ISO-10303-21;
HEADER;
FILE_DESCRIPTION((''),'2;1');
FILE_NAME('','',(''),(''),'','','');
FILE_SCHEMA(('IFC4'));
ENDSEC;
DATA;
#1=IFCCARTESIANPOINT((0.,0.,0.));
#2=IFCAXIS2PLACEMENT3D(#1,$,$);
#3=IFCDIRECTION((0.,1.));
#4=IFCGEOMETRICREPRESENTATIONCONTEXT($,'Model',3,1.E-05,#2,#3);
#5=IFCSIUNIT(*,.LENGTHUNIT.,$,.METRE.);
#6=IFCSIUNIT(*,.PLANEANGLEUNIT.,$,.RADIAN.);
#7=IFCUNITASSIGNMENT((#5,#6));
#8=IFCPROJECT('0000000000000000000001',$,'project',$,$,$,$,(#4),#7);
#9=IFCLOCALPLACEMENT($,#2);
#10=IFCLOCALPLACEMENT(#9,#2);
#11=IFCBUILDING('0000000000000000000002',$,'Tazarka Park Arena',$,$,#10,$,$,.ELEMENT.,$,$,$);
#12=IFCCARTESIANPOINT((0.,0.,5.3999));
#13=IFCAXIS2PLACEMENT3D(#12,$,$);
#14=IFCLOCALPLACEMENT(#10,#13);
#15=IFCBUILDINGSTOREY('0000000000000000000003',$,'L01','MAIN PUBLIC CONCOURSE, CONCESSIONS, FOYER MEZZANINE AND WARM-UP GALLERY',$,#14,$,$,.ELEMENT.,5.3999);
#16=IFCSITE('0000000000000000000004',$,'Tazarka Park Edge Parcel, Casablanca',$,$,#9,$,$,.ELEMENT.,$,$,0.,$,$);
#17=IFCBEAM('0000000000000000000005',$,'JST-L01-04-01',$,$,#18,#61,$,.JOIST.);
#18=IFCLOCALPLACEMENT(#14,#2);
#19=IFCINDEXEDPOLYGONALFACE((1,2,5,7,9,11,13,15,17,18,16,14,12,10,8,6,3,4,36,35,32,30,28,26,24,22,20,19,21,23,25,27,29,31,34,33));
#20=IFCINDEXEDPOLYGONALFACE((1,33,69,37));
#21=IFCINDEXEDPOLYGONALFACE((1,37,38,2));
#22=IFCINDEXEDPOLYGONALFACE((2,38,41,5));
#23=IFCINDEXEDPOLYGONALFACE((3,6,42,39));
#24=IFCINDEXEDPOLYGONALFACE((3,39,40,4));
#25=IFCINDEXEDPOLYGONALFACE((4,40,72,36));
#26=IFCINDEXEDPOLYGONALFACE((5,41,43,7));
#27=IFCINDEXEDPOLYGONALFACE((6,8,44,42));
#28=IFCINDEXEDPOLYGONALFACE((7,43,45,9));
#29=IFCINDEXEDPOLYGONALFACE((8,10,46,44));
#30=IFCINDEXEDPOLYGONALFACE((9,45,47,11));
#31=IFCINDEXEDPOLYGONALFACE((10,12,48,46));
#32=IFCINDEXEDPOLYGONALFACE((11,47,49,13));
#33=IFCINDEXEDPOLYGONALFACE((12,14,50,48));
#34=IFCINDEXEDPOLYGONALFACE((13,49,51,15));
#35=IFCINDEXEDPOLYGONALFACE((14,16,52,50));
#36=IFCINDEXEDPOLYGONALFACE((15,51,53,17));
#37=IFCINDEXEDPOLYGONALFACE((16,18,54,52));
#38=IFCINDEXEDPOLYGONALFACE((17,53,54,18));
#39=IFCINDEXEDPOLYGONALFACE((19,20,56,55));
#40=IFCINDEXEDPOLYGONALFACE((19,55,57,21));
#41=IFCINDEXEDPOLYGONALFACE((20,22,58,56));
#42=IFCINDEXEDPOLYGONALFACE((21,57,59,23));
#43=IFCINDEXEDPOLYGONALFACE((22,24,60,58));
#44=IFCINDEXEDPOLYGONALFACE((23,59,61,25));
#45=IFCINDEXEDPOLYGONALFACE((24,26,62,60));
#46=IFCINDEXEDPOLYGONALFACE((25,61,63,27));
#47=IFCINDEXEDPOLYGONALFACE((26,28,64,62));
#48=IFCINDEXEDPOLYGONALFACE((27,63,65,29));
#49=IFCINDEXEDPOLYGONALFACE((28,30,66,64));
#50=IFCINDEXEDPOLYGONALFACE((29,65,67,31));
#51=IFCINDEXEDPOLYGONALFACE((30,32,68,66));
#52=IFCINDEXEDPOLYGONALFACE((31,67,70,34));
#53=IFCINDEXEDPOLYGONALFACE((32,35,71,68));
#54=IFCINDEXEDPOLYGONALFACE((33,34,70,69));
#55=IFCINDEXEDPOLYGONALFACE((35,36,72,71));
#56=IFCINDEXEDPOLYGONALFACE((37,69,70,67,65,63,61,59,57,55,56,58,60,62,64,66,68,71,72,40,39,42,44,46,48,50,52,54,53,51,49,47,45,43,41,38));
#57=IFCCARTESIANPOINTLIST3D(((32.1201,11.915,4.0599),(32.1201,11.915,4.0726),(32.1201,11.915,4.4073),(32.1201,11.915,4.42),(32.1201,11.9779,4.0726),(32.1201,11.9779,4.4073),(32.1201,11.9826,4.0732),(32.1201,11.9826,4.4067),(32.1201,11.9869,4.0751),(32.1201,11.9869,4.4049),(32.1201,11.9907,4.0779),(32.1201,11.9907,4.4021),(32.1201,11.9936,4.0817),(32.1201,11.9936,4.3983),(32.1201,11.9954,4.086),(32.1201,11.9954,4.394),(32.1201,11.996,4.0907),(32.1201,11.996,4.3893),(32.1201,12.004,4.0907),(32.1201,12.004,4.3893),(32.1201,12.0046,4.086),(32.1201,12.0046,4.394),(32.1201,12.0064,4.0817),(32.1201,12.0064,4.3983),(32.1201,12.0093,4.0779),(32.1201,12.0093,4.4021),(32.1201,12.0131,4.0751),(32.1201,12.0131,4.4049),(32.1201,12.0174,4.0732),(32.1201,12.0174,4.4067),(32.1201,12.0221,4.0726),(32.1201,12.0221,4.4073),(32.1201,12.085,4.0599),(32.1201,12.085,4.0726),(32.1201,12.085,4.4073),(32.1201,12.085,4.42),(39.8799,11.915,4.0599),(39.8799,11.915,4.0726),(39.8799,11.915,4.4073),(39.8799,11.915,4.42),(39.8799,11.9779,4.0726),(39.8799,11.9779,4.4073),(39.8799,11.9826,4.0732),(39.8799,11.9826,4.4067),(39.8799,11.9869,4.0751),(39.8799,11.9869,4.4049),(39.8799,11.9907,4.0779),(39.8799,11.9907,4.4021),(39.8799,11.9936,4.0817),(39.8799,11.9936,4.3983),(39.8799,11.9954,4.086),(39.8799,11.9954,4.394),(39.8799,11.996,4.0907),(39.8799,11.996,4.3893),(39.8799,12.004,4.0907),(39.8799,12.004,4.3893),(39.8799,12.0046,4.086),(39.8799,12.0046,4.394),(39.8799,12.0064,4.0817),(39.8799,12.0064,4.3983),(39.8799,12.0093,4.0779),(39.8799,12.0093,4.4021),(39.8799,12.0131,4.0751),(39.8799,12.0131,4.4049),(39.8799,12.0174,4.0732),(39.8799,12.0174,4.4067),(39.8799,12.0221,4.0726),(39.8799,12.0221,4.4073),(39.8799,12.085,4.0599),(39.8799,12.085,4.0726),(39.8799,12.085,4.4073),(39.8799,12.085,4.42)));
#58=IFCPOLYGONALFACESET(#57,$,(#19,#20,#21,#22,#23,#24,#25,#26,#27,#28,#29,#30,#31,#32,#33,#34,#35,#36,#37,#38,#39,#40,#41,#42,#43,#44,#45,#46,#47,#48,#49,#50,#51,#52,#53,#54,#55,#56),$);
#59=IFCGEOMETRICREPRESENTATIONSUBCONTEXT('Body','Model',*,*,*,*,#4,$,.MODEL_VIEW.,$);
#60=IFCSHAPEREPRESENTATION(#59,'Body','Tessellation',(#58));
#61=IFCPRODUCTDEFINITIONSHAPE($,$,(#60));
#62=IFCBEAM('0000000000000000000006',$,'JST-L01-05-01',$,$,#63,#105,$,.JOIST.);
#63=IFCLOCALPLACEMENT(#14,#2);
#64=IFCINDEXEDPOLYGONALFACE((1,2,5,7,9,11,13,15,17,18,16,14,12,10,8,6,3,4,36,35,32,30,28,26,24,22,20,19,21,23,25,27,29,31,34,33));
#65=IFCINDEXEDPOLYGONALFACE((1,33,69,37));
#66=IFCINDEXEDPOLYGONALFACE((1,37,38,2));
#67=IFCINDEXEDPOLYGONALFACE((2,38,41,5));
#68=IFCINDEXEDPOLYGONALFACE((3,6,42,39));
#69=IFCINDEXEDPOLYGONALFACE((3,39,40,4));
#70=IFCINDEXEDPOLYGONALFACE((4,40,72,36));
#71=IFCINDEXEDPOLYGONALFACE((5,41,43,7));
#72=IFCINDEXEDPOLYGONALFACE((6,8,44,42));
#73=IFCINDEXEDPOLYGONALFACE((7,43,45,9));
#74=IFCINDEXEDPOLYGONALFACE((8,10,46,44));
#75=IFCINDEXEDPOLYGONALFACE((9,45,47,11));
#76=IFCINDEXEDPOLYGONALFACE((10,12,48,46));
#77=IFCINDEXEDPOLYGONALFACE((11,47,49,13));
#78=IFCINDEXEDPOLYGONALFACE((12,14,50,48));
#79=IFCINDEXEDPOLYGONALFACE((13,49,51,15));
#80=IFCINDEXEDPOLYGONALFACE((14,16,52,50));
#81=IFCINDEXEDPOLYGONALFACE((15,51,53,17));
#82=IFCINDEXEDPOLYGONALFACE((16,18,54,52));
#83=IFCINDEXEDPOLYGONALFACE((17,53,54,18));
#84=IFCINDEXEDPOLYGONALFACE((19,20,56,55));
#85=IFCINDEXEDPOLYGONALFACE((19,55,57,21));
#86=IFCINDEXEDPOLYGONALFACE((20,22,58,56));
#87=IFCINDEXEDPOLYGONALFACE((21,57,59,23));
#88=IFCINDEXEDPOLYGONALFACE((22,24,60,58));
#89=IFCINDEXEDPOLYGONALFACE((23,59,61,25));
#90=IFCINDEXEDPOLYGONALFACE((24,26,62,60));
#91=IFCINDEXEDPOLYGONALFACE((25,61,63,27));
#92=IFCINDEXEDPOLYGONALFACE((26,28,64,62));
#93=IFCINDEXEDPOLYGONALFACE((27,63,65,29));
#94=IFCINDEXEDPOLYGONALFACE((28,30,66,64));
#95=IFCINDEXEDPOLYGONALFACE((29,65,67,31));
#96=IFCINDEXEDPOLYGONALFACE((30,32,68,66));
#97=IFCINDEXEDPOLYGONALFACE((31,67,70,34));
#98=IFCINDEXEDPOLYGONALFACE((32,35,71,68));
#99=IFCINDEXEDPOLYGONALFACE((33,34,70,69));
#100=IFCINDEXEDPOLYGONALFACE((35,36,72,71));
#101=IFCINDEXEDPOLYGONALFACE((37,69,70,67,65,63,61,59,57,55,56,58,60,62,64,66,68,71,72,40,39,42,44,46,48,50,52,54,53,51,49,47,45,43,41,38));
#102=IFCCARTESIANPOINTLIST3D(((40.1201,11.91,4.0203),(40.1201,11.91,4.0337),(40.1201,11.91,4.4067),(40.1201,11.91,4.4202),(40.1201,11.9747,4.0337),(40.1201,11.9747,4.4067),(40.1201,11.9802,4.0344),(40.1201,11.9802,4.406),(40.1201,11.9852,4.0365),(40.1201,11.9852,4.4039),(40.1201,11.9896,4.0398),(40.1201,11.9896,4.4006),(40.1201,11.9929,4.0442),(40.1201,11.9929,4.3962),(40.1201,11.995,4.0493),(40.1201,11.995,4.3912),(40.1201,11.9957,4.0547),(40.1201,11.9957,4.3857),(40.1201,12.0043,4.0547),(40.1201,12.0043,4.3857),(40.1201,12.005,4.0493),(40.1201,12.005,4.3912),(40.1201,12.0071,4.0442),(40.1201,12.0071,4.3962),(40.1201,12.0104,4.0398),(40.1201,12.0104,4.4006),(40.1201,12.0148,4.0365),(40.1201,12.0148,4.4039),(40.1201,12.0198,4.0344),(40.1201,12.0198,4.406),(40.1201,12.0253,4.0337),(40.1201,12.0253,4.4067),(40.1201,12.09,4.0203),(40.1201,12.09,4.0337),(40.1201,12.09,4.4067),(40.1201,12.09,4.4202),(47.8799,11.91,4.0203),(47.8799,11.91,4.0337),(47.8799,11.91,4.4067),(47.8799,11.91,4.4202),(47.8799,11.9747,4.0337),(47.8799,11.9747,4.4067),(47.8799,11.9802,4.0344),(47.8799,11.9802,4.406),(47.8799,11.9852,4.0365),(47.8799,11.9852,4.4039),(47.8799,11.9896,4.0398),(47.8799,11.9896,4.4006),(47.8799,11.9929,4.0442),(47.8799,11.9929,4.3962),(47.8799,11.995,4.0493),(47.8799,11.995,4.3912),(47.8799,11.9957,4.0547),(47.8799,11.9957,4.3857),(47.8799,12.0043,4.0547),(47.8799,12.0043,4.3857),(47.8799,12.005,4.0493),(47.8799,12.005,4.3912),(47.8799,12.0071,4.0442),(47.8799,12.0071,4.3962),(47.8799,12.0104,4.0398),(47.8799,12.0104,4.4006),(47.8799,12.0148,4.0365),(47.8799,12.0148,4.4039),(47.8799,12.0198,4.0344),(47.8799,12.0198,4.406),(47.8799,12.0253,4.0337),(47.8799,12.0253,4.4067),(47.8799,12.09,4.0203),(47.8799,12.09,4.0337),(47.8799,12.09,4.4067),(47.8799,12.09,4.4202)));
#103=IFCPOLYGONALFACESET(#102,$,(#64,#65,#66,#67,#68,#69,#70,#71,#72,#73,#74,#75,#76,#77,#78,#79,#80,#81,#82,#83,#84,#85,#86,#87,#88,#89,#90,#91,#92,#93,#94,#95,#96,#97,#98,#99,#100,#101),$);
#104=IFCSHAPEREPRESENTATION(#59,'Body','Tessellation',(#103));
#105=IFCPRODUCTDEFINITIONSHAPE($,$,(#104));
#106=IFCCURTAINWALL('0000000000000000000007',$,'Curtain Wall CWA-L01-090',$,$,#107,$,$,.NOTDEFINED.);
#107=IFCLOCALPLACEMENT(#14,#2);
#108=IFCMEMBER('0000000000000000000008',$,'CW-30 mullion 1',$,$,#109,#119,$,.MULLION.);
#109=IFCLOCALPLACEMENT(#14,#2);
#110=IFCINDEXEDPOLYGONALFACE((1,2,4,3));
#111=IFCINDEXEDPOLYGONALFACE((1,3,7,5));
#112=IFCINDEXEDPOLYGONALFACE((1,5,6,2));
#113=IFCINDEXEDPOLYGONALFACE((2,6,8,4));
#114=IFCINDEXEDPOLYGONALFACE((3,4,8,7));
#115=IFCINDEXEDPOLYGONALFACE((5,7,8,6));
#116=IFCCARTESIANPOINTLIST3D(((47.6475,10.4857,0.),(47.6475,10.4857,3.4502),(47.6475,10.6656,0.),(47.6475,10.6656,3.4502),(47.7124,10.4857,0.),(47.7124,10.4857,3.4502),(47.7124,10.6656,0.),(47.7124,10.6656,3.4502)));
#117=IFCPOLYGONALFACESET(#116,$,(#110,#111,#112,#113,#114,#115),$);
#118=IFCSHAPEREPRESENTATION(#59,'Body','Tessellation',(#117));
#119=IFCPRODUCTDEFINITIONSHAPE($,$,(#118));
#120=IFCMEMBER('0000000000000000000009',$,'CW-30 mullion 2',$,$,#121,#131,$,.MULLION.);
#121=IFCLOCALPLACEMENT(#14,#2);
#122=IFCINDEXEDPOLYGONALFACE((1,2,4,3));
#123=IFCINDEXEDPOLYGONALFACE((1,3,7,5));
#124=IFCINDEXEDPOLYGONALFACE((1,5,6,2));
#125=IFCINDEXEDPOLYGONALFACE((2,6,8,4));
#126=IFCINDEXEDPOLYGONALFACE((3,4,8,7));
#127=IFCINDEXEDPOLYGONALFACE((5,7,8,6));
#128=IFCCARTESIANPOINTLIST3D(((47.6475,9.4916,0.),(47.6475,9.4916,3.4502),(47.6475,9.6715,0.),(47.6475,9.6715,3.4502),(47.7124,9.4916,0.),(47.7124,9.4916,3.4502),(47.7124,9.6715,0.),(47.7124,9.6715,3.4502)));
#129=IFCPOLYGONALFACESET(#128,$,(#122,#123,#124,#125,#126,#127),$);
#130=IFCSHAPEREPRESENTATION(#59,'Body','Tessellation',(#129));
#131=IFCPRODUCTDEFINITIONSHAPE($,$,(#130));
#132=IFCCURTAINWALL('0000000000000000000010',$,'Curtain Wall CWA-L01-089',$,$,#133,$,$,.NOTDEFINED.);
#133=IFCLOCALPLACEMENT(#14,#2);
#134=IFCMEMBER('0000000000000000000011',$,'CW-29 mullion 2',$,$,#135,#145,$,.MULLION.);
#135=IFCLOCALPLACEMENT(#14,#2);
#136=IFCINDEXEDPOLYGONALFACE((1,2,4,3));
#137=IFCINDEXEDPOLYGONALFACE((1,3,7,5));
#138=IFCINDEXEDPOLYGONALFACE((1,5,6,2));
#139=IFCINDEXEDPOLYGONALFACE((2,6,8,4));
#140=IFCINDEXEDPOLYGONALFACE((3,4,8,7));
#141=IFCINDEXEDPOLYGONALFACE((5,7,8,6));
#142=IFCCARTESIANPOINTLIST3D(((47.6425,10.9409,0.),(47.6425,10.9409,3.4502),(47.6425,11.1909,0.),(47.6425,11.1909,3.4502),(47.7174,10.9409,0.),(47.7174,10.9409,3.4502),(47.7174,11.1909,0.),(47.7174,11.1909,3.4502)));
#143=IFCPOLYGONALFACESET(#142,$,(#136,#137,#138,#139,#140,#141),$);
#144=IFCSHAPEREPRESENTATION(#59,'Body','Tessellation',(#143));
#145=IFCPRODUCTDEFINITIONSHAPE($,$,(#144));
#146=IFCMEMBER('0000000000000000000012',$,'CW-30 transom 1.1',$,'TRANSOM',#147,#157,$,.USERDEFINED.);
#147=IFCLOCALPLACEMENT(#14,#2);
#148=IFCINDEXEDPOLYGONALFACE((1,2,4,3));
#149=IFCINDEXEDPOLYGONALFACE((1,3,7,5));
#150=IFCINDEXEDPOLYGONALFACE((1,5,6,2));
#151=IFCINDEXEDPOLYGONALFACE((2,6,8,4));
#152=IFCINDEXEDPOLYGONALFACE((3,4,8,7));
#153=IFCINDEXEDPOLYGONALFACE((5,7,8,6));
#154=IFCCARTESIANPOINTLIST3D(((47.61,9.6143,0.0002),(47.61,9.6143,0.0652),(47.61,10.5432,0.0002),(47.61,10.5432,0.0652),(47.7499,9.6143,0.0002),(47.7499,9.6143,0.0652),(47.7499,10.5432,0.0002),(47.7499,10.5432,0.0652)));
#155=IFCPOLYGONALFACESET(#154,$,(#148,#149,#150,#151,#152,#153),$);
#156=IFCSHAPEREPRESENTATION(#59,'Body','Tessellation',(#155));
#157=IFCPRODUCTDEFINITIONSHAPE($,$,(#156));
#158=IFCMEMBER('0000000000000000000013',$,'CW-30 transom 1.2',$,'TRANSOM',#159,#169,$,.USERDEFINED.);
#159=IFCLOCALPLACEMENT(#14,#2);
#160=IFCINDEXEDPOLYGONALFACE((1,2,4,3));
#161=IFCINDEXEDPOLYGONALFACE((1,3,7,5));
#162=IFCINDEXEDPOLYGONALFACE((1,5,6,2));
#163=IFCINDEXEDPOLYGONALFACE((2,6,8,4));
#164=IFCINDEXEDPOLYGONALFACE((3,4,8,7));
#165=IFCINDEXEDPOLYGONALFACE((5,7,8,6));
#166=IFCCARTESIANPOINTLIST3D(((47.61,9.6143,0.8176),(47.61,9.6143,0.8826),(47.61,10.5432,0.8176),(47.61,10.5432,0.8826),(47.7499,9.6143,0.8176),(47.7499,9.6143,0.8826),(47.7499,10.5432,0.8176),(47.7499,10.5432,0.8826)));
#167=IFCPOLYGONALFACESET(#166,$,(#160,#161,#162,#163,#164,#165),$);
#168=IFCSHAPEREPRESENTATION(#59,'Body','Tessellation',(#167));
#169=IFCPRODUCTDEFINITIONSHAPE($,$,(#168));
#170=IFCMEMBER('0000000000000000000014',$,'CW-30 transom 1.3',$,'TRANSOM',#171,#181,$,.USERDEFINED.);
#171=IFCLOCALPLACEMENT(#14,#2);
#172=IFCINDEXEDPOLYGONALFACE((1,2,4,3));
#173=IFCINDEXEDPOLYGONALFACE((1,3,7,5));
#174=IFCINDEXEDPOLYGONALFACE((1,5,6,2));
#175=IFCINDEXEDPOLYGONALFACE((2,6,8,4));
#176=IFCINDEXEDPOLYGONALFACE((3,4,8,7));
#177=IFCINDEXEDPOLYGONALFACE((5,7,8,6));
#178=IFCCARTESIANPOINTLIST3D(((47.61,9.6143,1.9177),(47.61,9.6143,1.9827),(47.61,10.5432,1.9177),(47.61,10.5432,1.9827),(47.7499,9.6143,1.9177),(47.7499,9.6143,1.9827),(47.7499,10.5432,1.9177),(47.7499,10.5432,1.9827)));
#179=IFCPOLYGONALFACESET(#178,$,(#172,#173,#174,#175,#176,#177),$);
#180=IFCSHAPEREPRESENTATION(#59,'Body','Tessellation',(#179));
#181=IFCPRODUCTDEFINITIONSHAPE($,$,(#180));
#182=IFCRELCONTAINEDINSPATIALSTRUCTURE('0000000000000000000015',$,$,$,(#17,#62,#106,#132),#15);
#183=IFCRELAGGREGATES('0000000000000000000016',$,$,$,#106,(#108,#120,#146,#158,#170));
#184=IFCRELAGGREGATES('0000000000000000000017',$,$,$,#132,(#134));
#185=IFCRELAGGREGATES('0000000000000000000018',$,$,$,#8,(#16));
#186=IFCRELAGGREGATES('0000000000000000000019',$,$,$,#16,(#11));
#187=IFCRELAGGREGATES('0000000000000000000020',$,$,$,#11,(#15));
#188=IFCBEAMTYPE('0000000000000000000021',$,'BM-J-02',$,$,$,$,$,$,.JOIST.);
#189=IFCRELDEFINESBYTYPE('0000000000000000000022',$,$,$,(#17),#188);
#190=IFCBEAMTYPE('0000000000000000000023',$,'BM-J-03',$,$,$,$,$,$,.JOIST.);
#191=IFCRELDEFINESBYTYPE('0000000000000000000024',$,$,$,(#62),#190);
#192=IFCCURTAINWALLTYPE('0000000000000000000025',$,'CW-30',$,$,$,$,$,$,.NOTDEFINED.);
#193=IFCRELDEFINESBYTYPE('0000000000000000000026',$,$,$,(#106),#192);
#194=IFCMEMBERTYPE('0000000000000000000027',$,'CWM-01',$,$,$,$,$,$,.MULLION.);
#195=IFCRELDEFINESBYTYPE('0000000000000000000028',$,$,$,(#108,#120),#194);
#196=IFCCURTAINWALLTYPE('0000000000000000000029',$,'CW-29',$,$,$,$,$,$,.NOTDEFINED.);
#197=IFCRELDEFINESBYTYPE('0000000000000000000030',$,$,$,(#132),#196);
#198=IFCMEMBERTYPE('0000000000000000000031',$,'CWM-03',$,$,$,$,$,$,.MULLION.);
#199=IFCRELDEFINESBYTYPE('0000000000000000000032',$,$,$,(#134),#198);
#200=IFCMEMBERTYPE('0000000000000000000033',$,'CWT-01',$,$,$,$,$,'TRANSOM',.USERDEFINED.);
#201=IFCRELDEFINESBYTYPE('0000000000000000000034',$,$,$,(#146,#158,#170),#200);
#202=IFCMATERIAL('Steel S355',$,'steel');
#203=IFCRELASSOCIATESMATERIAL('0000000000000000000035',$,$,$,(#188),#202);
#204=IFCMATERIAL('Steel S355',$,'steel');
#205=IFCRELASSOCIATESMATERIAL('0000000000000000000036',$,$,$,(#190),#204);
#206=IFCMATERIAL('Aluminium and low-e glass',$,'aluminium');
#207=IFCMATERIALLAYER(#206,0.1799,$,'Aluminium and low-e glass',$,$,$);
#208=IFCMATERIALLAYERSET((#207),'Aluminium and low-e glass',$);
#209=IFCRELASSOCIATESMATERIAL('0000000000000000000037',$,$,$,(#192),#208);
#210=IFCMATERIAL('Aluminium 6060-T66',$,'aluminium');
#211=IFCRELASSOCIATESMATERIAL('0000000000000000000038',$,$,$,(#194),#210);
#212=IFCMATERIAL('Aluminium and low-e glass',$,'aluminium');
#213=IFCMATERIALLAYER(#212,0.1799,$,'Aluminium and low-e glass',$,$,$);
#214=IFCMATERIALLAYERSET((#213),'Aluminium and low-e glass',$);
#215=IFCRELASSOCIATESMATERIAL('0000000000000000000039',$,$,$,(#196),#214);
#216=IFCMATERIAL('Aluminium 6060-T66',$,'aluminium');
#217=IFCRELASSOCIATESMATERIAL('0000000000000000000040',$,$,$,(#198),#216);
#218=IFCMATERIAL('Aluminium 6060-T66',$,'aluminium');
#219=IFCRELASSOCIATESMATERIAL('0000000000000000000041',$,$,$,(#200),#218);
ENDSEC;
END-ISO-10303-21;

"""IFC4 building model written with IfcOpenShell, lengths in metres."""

from ifc_helpers import new_model, si_unit, direction, frame, origin, origin_2d, place, context, subcontext, project, spatial, rectangle, i_section, extrude, material, layer, layer_set, material_profile, profile_set, type_object, element, aggregate, save


model = new_model("IFC4")

# Units and contexts
model_context = context("Model", 3, precision=1e-05, world=origin(), true_north=direction((0.0, 1.0)))
body_context = subcontext(model_context, "Body", "Model", "MODEL_VIEW")
ifc_project = project(units=[si_unit("LENGTHUNIT", "METRE"), si_unit("PLANEANGLEUNIT", "RADIAN")], contexts=[model_context])

# Site, building, storey
site_placement = place(None, origin())
site = spatial("IfcSite", under=ifc_project, at=site_placement, Name="Tazarka Park Edge Parcel, Casablanca", CompositionType="ELEMENT", RefElevation=0.0)
building_placement = place(site_placement, origin())
building = spatial("IfcBuilding", under=site, at=building_placement, Name="Tazarka Park Arena", CompositionType="ELEMENT")
storey_placement = place(building_placement, frame((0.0, 0.0, 5.3999)))
storey = spatial("IfcBuildingStorey", under=building, at=storey_placement, Name="L01", Description="MAIN PUBLIC CONCOURSE, CONCESSIONS, FOYER MEZZANINE AND WARM-UP GALLERY", CompositionType="ELEMENT", Elevation=5.3999)

# Beams
ifc_material_1 = material(Name="Steel S355", Category="steel")
ifc_material_profile_1 = material_profile(ifc_material_1, i_section(OverallWidth=0.1699, OverallDepth=0.3601, WebThickness=0.0081, FlangeThickness=0.0127, FilletRadius=0.0181, at=origin_2d()), Name="Steel S355")
ifc_profile_set_1 = profile_set([ifc_material_profile_1], Name="Steel S355")
beam_type_1 = type_object("IfcBeamType", Name="BM-J-02", PredefinedType="JOIST", material=ifc_profile_set_1)
beam_1_placement = place(storey_placement, frame((32.1201, 12.0, 4.24), z_axis=(1.0, 0.0, 0.0), x_axis=(0.0, 1.0, 0.0)))
element("IfcBeam", 1, at=beam_1_placement, inside=storey, type_object=beam_type_1, Name="JST-L01-04-01", PredefinedType="JOIST", context=body_context, shape_type="SweptSolid", body=[
    extrude(i_section(OverallWidth=0.1699, OverallDepth=0.3601, WebThickness=0.0081, FlangeThickness=0.0127, FilletRadius=0.0181, at=origin_2d()), origin(), (0.0, 0.0, 1.0), 7.7598),
])
ifc_material_2 = material(Name="Steel S355", Category="steel")
ifc_material_profile_2 = material_profile(ifc_material_2, i_section(OverallWidth=0.1799, OverallDepth=0.3999, WebThickness=0.0085, FlangeThickness=0.0134, FilletRadius=0.021, at=origin_2d()), Name="Steel S355")
ifc_profile_set_2 = profile_set([ifc_material_profile_2], Name="Steel S355")
beam_type_2 = type_object("IfcBeamType", Name="BM-J-03", PredefinedType="JOIST", material=ifc_profile_set_2)
beam_2_placement = place(storey_placement, frame((40.1201, 12.0, 4.2202), z_axis=(1.0, 0.0, 0.0), x_axis=(0.0, 1.0, 0.0)))
element("IfcBeam", 2, at=beam_2_placement, inside=storey, type_object=beam_type_2, Name="JST-L01-05-01", PredefinedType="JOIST", context=body_context, shape_type="SweptSolid", body=[
    extrude(i_section(OverallWidth=0.1799, OverallDepth=0.3999, WebThickness=0.0085, FlangeThickness=0.0134, FilletRadius=0.021, at=origin_2d()), origin(), (0.0, 0.0, 1.0), 7.7598),
])

# Curtain wall, members
ifc_material_3 = material(Name="Aluminium and low-e glass", Category="aluminium")
ifc_layer_1 = layer(ifc_material_3, 0.1799, Name="Aluminium and low-e glass")
ifc_layer_set_1 = layer_set([ifc_layer_1], Name="Aluminium and low-e glass")
curtain_wall_type_1 = type_object("IfcCurtainWallType", Name="CW-30", PredefinedType="NOTDEFINED", material=ifc_layer_set_1)
curtain_wall_1_placement = place(storey_placement, origin())
curtain_wall_1 = element("IfcCurtainWall", 3, at=curtain_wall_1_placement, inside=storey, type_object=curtain_wall_type_1, Name="Curtain Wall CWA-L01-090", PredefinedType="NOTDEFINED")
ifc_material_4 = material(Name="Aluminium 6060-T66", Category="aluminium")
ifc_material_profile_3 = material_profile(ifc_material_4, rectangle(XDim=0.0649, YDim=0.1799, at=origin_2d()), Name="Aluminium 6060-T66")
ifc_profile_set_3 = profile_set([ifc_material_profile_3], Name="Aluminium 6060-T66")
member_type_1 = type_object("IfcMemberType", Name="CWM-01", PredefinedType="MULLION", material=ifc_profile_set_3)
member_1_placement = place(storey_placement, frame((47.6799, 10.5757, 0.0), z_axis=(0.0, 0.0, 1.0), x_axis=(1.0, 0.0, 0.0)))
member_1 = element("IfcMember", 4, at=member_1_placement, type_object=member_type_1, Name="CW-30 mullion 1", PredefinedType="MULLION", context=body_context, shape_type="SweptSolid", body=[
    extrude(rectangle(XDim=0.0649, YDim=0.1799, at=origin_2d()), origin(), (0.0, 0.0, 1.0), 3.4502),
])
member_2_placement = place(storey_placement, frame((47.6799, 9.5815, 0.0), z_axis=(0.0, 0.0, 1.0), x_axis=(1.0, 0.0, 0.0)))
member_2 = element("IfcMember", 5, at=member_2_placement, type_object=member_type_1, Name="CW-30 mullion 2", PredefinedType="MULLION", context=body_context, shape_type="SweptSolid", body=[
    extrude(rectangle(XDim=0.0649, YDim=0.1799, at=origin_2d()), origin(), (0.0, 0.0, 1.0), 3.4502),
])

# Curtain wall, member
ifc_material_5 = material(Name="Aluminium and low-e glass", Category="aluminium")
ifc_layer_2 = layer(ifc_material_5, 0.1799, Name="Aluminium and low-e glass")
ifc_layer_set_2 = layer_set([ifc_layer_2], Name="Aluminium and low-e glass")
curtain_wall_type_2 = type_object("IfcCurtainWallType", Name="CW-29", PredefinedType="NOTDEFINED", material=ifc_layer_set_2)
curtain_wall_2_placement = place(storey_placement, origin())
curtain_wall_2 = element("IfcCurtainWall", 6, at=curtain_wall_2_placement, inside=storey, type_object=curtain_wall_type_2, Name="Curtain Wall CWA-L01-089", PredefinedType="NOTDEFINED")
ifc_material_6 = material(Name="Aluminium 6060-T66", Category="aluminium")
ifc_material_profile_4 = material_profile(ifc_material_6, rectangle(XDim=0.075, YDim=0.25, at=origin_2d()), Name="Aluminium 6060-T66")
ifc_profile_set_4 = profile_set([ifc_material_profile_4], Name="Aluminium 6060-T66")
member_type_2 = type_object("IfcMemberType", Name="CWM-03", PredefinedType="MULLION", material=ifc_profile_set_4)
member_3_placement = place(storey_placement, frame((47.6799, 11.0659, 0.0), z_axis=(0.0, 0.0, 1.0), x_axis=(1.0, 0.0, 0.0)))
member_3 = element("IfcMember", 7, at=member_3_placement, type_object=member_type_2, Name="CW-29 mullion 2", PredefinedType="MULLION", context=body_context, shape_type="SweptSolid", body=[
    extrude(rectangle(XDim=0.075, YDim=0.25, at=origin_2d()), origin(), (0.0, 0.0, 1.0), 3.4502),
])

# Members
ifc_material_7 = material(Name="Aluminium 6060-T66", Category="aluminium")
ifc_material_profile_5 = material_profile(ifc_material_7, rectangle(XDim=0.1399, YDim=0.0649, at=origin_2d()), Name="Aluminium 6060-T66")
ifc_profile_set_5 = profile_set([ifc_material_profile_5], Name="Aluminium 6060-T66")
member_type_3 = type_object("IfcMemberType", Name="CWT-01", ElementType="TRANSOM", PredefinedType="USERDEFINED", material=ifc_profile_set_5)
member_4_placement = place(storey_placement, frame((47.6799, 10.5432, 0.0327), z_axis=(0.0, -1.0, 0.0), x_axis=(1.0, 0.0, 0.0)))
member_4 = element("IfcMember", 8, at=member_4_placement, type_object=member_type_3, Name="CW-30 transom 1.1", ObjectType="TRANSOM", PredefinedType="USERDEFINED", context=body_context, shape_type="SweptSolid", body=[
    extrude(rectangle(XDim=0.1399, YDim=0.0649, at=origin_2d()), origin(), (0.0, 0.0, 1.0), 0.929),
])
member_5_placement = place(storey_placement, frame((47.6799, 10.5432, 0.8501), z_axis=(0.0, -1.0, 0.0), x_axis=(1.0, 0.0, 0.0)))
member_5 = element("IfcMember", 9, at=member_5_placement, type_object=member_type_3, Name="CW-30 transom 1.2", ObjectType="TRANSOM", PredefinedType="USERDEFINED", context=body_context, shape_type="SweptSolid", body=[
    extrude(rectangle(XDim=0.1399, YDim=0.0649, at=origin_2d()), origin(), (0.0, 0.0, 1.0), 0.929),
])
member_6_placement = place(storey_placement, frame((47.6799, 10.5432, 1.9502), z_axis=(0.0, -1.0, 0.0), x_axis=(1.0, 0.0, 0.0)))
member_6 = element("IfcMember", 10, at=member_6_placement, type_object=member_type_3, Name="CW-30 transom 1.3", ObjectType="TRANSOM", PredefinedType="USERDEFINED", context=body_context, shape_type="SweptSolid", body=[
    extrude(rectangle(XDim=0.1399, YDim=0.0649, at=origin_2d()), origin(), (0.0, 0.0, 1.0), 0.929),
])

aggregate(curtain_wall_1, [member_1, member_2, member_4, member_5, member_6])
aggregate(curtain_wall_2, [member_3])

save(model, "model.ifc")
